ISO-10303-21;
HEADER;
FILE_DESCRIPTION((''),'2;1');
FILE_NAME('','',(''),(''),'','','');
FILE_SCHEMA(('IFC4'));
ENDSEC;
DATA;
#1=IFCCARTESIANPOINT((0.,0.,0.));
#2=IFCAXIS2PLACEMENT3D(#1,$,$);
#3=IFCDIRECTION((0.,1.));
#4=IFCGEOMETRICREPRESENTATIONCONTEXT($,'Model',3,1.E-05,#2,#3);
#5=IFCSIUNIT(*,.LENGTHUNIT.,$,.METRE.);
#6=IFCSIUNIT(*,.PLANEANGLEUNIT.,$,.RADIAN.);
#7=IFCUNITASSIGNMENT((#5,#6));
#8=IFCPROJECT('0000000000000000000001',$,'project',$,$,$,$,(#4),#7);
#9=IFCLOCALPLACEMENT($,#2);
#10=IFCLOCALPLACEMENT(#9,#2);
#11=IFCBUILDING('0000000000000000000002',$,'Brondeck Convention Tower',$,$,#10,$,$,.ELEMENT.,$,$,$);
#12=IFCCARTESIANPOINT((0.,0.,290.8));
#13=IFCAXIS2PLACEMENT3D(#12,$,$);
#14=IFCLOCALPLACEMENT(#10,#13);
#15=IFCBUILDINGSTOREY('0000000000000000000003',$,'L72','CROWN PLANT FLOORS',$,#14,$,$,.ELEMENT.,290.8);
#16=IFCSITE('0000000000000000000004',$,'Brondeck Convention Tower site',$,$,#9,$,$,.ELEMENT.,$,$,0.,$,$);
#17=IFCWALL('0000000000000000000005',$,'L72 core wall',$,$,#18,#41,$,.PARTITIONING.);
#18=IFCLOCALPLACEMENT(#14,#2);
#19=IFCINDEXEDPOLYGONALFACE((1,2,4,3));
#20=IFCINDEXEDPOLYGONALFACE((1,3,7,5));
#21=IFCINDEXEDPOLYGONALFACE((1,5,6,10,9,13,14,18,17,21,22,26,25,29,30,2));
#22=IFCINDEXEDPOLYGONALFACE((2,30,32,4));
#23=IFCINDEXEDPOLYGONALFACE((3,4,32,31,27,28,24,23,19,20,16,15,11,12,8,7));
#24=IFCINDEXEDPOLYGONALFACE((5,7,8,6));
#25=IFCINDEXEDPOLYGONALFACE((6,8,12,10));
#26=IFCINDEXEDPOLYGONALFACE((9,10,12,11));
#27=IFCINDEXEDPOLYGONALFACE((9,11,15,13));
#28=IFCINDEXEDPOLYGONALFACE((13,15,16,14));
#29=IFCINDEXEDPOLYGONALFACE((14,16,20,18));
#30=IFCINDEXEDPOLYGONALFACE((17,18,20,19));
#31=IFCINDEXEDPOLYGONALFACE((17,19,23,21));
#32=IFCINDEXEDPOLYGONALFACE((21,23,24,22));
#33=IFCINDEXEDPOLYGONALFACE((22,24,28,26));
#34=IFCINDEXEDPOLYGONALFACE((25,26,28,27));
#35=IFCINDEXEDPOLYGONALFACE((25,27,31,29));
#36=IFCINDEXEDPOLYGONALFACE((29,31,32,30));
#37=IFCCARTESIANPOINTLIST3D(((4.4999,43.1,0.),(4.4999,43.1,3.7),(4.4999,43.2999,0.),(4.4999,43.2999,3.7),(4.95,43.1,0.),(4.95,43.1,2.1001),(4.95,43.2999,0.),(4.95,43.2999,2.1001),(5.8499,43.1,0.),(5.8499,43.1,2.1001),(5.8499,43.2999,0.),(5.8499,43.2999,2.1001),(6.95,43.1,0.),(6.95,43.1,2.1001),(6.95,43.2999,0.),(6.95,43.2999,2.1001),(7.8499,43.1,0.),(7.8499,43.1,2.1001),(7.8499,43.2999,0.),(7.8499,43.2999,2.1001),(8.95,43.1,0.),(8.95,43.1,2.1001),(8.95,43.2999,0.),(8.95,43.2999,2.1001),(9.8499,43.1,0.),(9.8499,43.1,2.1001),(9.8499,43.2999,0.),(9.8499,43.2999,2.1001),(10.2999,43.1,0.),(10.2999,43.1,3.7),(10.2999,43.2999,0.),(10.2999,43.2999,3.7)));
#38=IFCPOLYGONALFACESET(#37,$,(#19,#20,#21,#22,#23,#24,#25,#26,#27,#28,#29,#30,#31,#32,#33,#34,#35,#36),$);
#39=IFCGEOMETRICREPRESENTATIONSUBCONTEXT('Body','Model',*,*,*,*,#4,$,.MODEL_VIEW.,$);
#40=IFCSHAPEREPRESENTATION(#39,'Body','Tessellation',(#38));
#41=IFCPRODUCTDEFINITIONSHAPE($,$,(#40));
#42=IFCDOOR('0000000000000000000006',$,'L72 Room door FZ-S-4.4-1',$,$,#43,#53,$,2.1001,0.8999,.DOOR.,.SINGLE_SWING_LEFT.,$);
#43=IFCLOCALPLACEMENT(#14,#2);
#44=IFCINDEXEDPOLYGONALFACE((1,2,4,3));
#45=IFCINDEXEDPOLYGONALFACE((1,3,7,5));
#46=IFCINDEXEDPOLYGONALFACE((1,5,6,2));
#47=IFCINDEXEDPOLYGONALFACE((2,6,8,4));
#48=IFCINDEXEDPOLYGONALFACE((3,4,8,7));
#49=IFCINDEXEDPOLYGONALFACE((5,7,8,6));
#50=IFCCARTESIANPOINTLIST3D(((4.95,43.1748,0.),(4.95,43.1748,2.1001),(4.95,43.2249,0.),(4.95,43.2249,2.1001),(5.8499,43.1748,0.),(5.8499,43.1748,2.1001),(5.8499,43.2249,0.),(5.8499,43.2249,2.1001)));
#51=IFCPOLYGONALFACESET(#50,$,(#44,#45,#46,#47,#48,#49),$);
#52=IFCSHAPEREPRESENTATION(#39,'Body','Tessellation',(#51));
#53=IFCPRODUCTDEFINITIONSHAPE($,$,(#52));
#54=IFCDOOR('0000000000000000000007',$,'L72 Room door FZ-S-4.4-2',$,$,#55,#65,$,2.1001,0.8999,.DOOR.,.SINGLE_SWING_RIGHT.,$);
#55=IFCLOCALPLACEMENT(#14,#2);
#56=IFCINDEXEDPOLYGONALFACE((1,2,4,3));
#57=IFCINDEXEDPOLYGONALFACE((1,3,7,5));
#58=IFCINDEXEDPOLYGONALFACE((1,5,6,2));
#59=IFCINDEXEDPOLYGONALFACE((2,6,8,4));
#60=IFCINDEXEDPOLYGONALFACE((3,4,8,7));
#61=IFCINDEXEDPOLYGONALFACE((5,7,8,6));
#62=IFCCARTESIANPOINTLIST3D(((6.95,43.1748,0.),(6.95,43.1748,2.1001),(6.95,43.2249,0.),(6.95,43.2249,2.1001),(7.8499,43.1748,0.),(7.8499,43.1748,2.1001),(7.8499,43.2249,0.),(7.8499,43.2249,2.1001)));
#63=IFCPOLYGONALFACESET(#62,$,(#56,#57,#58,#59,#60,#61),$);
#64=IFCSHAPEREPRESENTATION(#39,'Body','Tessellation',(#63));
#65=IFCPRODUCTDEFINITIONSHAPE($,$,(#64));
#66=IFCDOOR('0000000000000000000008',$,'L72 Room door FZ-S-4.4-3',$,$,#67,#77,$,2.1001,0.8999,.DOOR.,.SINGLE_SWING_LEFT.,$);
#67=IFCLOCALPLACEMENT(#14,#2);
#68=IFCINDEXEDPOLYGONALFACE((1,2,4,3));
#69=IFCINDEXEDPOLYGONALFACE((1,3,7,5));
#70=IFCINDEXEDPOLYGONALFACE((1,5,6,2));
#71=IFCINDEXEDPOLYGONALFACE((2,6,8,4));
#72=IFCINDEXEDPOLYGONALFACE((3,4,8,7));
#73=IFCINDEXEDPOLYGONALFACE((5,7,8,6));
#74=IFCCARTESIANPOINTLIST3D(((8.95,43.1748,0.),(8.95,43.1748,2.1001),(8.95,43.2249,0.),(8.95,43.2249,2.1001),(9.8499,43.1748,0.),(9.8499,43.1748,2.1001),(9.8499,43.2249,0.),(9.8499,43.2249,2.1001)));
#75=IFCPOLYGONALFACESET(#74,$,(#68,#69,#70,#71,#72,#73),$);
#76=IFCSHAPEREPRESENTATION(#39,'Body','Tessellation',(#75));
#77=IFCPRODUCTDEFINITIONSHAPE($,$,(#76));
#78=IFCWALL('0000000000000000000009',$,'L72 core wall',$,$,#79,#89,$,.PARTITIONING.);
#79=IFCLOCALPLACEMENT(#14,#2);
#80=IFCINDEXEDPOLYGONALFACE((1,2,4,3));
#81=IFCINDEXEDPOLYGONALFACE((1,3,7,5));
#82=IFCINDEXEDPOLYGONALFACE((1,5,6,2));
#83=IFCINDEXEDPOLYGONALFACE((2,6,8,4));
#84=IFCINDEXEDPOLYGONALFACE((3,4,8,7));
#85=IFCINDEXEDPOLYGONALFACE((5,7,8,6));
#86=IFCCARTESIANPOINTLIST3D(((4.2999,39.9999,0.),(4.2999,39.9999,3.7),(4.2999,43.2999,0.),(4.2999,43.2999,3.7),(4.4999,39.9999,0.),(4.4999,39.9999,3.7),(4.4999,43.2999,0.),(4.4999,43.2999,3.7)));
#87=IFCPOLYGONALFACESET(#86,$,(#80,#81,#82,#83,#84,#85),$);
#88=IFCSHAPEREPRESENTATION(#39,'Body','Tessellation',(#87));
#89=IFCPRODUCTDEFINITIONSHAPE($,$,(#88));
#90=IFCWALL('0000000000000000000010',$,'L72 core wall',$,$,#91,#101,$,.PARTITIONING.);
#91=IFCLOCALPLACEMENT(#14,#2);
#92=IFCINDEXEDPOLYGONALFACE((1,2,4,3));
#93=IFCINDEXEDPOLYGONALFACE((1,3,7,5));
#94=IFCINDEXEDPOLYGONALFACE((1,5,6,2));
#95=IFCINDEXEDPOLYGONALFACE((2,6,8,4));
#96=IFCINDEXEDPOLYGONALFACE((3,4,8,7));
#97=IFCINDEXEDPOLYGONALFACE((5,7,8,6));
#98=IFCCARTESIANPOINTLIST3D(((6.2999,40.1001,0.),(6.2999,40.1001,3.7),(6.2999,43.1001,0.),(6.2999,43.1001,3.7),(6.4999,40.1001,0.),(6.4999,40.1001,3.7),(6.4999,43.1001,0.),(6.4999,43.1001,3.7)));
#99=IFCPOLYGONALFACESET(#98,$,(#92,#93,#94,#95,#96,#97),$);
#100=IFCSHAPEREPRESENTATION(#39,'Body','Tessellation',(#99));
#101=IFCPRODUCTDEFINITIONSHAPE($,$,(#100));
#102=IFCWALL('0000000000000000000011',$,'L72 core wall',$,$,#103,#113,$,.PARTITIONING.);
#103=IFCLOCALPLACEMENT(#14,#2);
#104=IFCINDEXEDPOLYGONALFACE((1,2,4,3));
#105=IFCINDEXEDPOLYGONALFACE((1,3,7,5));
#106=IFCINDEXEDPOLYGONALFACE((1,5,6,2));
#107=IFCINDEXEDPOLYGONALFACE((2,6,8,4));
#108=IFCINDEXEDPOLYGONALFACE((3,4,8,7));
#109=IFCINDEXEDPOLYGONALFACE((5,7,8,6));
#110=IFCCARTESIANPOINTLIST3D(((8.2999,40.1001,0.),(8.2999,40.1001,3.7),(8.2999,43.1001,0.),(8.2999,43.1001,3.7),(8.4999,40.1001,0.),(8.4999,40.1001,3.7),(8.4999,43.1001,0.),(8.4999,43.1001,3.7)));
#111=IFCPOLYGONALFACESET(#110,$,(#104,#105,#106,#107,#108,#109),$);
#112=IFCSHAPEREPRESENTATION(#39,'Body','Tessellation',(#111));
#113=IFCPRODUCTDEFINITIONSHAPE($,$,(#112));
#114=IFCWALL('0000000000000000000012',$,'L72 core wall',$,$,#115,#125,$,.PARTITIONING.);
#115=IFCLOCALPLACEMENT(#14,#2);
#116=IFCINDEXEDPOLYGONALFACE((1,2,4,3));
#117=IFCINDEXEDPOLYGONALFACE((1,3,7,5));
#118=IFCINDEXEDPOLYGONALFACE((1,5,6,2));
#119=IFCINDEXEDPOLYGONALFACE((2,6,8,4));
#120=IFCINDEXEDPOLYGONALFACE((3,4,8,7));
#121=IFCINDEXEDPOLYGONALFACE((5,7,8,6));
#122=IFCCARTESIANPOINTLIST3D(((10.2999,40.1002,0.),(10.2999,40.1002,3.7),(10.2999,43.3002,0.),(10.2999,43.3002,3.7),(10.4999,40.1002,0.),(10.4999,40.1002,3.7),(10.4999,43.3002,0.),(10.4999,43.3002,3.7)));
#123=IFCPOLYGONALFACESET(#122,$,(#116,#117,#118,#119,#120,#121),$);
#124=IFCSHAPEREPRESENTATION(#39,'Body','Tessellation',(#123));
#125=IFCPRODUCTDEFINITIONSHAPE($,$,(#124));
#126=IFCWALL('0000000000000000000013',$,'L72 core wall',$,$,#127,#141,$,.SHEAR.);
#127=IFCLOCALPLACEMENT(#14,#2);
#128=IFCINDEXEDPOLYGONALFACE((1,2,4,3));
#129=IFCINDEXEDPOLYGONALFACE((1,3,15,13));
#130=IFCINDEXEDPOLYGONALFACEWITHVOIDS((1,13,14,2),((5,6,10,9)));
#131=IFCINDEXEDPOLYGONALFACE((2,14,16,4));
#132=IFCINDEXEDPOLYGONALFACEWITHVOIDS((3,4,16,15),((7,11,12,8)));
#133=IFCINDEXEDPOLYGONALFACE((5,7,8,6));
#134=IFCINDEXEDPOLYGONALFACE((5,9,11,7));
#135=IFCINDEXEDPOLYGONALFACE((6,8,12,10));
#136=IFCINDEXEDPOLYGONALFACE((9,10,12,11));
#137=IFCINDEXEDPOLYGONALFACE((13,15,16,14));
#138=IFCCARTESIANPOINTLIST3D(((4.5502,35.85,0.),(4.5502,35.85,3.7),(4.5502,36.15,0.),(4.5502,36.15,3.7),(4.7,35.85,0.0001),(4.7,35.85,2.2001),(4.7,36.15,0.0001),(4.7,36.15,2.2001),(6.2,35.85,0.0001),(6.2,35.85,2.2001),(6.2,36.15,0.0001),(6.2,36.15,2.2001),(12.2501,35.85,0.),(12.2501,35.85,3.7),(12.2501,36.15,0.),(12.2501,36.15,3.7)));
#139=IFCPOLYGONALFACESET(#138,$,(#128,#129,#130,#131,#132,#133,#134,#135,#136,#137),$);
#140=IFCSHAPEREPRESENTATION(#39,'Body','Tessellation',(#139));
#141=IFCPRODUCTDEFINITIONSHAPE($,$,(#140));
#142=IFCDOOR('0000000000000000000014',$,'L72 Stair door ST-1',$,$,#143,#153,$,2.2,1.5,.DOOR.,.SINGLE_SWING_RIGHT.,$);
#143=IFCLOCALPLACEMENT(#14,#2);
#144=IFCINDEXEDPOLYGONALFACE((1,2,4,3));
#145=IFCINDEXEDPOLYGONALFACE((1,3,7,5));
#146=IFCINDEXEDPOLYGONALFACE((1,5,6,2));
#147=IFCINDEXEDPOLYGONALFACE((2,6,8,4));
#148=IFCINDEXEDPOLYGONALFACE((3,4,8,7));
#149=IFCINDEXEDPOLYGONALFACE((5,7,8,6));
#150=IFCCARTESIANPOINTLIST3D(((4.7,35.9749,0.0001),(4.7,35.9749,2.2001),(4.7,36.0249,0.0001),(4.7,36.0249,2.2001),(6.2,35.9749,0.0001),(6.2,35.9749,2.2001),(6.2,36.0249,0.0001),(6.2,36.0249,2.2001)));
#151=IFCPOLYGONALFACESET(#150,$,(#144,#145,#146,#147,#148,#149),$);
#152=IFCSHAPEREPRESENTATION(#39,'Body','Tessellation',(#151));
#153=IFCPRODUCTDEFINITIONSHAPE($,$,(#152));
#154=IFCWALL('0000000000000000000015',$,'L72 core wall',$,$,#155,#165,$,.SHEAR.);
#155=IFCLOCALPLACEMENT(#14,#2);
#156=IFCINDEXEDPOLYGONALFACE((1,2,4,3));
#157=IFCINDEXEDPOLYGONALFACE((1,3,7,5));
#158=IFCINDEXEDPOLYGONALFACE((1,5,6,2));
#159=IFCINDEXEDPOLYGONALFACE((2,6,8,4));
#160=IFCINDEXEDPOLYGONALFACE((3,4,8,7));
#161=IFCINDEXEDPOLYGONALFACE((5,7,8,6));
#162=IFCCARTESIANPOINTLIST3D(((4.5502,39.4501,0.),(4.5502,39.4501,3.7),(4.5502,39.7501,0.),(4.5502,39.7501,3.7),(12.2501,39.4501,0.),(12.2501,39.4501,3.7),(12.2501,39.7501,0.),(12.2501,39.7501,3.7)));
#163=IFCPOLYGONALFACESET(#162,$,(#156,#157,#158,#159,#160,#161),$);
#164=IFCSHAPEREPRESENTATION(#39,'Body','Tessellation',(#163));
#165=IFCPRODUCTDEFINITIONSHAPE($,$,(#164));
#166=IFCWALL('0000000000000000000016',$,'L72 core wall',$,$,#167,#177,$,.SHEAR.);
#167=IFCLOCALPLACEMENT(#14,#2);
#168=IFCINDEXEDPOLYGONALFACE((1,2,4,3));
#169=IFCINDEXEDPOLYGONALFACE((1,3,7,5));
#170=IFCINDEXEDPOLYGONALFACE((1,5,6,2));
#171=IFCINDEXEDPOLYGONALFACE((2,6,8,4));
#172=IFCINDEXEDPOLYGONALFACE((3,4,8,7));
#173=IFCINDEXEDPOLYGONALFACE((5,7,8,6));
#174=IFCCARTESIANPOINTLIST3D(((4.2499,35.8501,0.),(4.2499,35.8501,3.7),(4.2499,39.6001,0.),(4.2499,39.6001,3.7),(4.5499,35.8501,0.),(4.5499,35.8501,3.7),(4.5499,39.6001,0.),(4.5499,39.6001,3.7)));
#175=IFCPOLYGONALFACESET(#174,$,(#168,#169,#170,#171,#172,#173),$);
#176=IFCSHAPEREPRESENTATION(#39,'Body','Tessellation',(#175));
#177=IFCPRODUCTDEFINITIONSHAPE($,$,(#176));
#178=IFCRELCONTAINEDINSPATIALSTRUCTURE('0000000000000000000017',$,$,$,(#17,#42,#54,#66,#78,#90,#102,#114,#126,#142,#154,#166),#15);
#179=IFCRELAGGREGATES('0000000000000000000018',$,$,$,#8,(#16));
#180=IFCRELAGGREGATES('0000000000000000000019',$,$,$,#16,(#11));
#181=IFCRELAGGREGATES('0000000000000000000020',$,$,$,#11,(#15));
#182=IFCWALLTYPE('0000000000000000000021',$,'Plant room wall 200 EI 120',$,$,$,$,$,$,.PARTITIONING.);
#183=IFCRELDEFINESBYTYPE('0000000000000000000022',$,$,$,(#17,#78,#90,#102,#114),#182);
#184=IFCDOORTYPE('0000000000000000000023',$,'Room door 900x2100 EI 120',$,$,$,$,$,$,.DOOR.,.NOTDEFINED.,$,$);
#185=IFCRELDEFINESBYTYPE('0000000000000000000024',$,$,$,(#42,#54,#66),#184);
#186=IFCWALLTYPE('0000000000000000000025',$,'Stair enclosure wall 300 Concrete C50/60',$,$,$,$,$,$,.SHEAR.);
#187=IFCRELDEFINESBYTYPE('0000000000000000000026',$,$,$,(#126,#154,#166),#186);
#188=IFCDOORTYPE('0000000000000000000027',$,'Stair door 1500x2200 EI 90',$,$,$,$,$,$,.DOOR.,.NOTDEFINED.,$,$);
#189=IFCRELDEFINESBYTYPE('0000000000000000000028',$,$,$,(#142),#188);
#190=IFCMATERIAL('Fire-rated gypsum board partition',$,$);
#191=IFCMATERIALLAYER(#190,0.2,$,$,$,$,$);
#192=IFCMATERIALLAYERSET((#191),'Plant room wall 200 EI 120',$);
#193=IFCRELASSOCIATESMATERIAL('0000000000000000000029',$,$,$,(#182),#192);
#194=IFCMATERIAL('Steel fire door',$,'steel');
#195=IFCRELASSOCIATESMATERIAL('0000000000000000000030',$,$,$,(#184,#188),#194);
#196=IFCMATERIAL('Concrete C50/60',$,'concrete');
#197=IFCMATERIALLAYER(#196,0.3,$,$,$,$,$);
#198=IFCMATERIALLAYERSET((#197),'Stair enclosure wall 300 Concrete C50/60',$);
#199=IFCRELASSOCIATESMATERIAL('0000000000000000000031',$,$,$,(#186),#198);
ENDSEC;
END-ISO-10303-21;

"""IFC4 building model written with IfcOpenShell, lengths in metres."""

from ifc_helpers import new_model, si_unit, direction, frame, frame_2d, origin, place, context, subcontext, project, spatial, rectangle, extrude, material, layer, layer_set, type_object, element, fill, save


model = new_model("IFC4")

# Units and contexts
model_context = context("Model", 3, precision=1e-05, world=origin(), true_north=direction((0.0, 1.0)))
body_context = subcontext(model_context, "Body", "Model", "MODEL_VIEW")
ifc_project = project(units=[si_unit("LENGTHUNIT", "METRE"), si_unit("PLANEANGLEUNIT", "RADIAN")], contexts=[model_context])

# Site, building, storey
site_placement = place(None, origin())
site = spatial("IfcSite", under=ifc_project, at=site_placement, Name="Brondeck Convention Tower site", CompositionType="ELEMENT", RefElevation=0.0)
building_placement = place(site_placement, origin())
building = spatial("IfcBuilding", under=site, at=building_placement, Name="Brondeck Convention Tower", CompositionType="ELEMENT")
storey_placement = place(building_placement, frame((0.0, 0.0, 290.8)))
storey = spatial("IfcBuildingStorey", under=building, at=storey_placement, Name="L72", Description="CROWN PLANT FLOORS", CompositionType="ELEMENT", Elevation=290.8)

# Shared definitions
ifc_material_1 = material(Name="Concrete C50/60", Category="concrete")

# Shared definitions
ifc_material_2 = material(Name="Fire-rated gypsum board partition")
ifc_layer_1 = layer(ifc_material_2, 0.2)
ifc_layer_set_1 = layer_set([ifc_layer_1], Name="Plant room wall 200 EI 120")
wall_type_1 = type_object("IfcWallType", Name="Plant room wall 200 EI 120", PredefinedType="PARTITIONING", material=ifc_layer_set_1)

# Wall, openings, doors
wall_1_placement = place(storey_placement, frame((4.5, 43.2, 0.0), z_axis=(0.0, 0.0, 1.0), x_axis=(1.0, 0.0, 0.0)))
wall_1 = element("IfcWall", 1, at=wall_1_placement, inside=storey, type_object=wall_type_1, Name="L72 core wall", PredefinedType="PARTITIONING", context=body_context, shape_type="SweptSolid", body=[
    extrude(rectangle(XDim=5.8, YDim=0.2, at=frame_2d((2.8999, 0.0))), origin(), (0.0, 0.0, 1.0), 3.7),
])
opening_1_placement = place(wall_1_placement, frame((0.45, 0.0, 0.0)))
opening_1 = element("IfcOpeningElement", 2, at=opening_1_placement, cuts=wall_1, PredefinedType="OPENING", context=body_context, shape_type="SweptSolid", body=[
    extrude(rectangle(XDim=0.8999, YDim=2.1001, at=frame_2d((0.45, 1.05))), frame((0.0, 0.1099, 0.0), z_axis=(0.0, -1.0, 0.0), x_axis=(1.0, 0.0, 0.0)), (0.0, 0.0, 1.0), 0.22),
])
opening_2_placement = place(wall_1_placement, frame((2.45, 0.0, 0.0)))
opening_2 = element("IfcOpeningElement", 3, at=opening_2_placement, cuts=wall_1, PredefinedType="OPENING", context=body_context, shape_type="SweptSolid", body=[
    extrude(rectangle(XDim=0.8999, YDim=2.1001, at=frame_2d((0.45, 1.05))), frame((0.0, 0.1099, 0.0), z_axis=(0.0, -1.0, 0.0), x_axis=(1.0, 0.0, 0.0)), (0.0, 0.0, 1.0), 0.22),
])
opening_3_placement = place(wall_1_placement, frame((4.45, 0.0, 0.0)))
opening_3 = element("IfcOpeningElement", 4, at=opening_3_placement, cuts=wall_1, PredefinedType="OPENING", context=body_context, shape_type="SweptSolid", body=[
    extrude(rectangle(XDim=0.8999, YDim=2.1001, at=frame_2d((0.45, 1.05))), frame((0.0, 0.1099, 0.0), z_axis=(0.0, -1.0, 0.0), x_axis=(1.0, 0.0, 0.0)), (0.0, 0.0, 1.0), 0.22),
])
ifc_material_3 = material(Name="Steel fire door", Category="steel")
door_type_1 = type_object("IfcDoorType", Name="Room door 900x2100 EI 120", OperationType="NOTDEFINED", PredefinedType="DOOR", material=ifc_material_3)
door_1_placement = place(opening_1_placement, origin())
door_1 = element("IfcDoor", 5, at=door_1_placement, inside=storey, type_object=door_type_1, Name="L72 Room door FZ-S-4.4-1", OperationType="SINGLE_SWING_LEFT", OverallHeight=2.1001, OverallWidth=0.8999, PredefinedType="DOOR", context=body_context, shape_type="SweptSolid", body=[
    extrude(rectangle(XDim=0.8999, YDim=2.1001, at=frame_2d((0.45, 1.05))), frame((0.0, 0.0249, 0.0), z_axis=(0.0, -1.0, 0.0), x_axis=(1.0, 0.0, 0.0)), (0.0, 0.0, 1.0), 0.05),
])
fill(opening_1, door_1)
door_2_placement = place(opening_2_placement, origin())
door_2 = element("IfcDoor", 6, at=door_2_placement, inside=storey, type_object=door_type_1, Name="L72 Room door FZ-S-4.4-2", OperationType="SINGLE_SWING_RIGHT", OverallHeight=2.1001, OverallWidth=0.8999, PredefinedType="DOOR", context=body_context, shape_type="SweptSolid", body=[
    extrude(rectangle(XDim=0.8999, YDim=2.1001, at=frame_2d((0.45, 1.05))), frame((0.0, 0.0249, 0.0), z_axis=(0.0, -1.0, 0.0), x_axis=(1.0, 0.0, 0.0)), (0.0, 0.0, 1.0), 0.05),
])
fill(opening_2, door_2)
door_3_placement = place(opening_3_placement, origin())
door_3 = element("IfcDoor", 7, at=door_3_placement, inside=storey, type_object=door_type_1, Name="L72 Room door FZ-S-4.4-3", OperationType="SINGLE_SWING_LEFT", OverallHeight=2.1001, OverallWidth=0.8999, PredefinedType="DOOR", context=body_context, shape_type="SweptSolid", body=[
    extrude(rectangle(XDim=0.8999, YDim=2.1001, at=frame_2d((0.45, 1.05))), frame((0.0, 0.0249, 0.0), z_axis=(0.0, -1.0, 0.0), x_axis=(1.0, 0.0, 0.0)), (0.0, 0.0, 1.0), 0.05),
])
fill(opening_3, door_3)

# Walls
wall_2_placement = place(storey_placement, frame((4.3999, 40.0, 0.0), z_axis=(0.0, 0.0, 1.0), x_axis=(0.0, 1.0, 0.0)))
element("IfcWall", 8, at=wall_2_placement, inside=storey, type_object=wall_type_1, Name="L72 core wall", PredefinedType="PARTITIONING", context=body_context, shape_type="SweptSolid", body=[
    extrude(rectangle(XDim=3.3, YDim=0.2, at=frame_2d((1.6499, 0.0))), origin(), (0.0, 0.0, 1.0), 3.7),
])
for number, where, z_axis, x_axis, name in (
    (9, (6.3999, 40.1001, 0.0), (0.0, 0.0, 1.0), (0.0, 1.0, 0.0), "L72 core wall"),
    (10, (8.3999, 40.1001, 0.0), (0.0, 0.0, 1.0), (0.0, 1.0, 0.0), "L72 core wall"),
):
    element("IfcWall", number, at=place(storey_placement, frame(where, z_axis=z_axis, x_axis=x_axis)), inside=storey, type_object=wall_type_1, Name=name, PredefinedType="PARTITIONING", context=body_context, shape_type="SweptSolid", body=[
        extrude(rectangle(XDim=3.0, YDim=0.2, at=frame_2d((1.5, 0.0))), origin(), (0.0, 0.0, 1.0), 3.7),
    ])
wall_3_placement = place(storey_placement, frame((10.3999, 40.1001, 0.0), z_axis=(0.0, 0.0, 1.0), x_axis=(0.0, 1.0, 0.0)))
element("IfcWall", 11, at=wall_3_placement, inside=storey, type_object=wall_type_1, Name="L72 core wall", PredefinedType="PARTITIONING", context=body_context, shape_type="SweptSolid", body=[
    extrude(rectangle(XDim=3.2, YDim=0.2, at=frame_2d((1.6001, 0.0))), origin(), (0.0, 0.0, 1.0), 3.7),
])

# Wall, opening, door
ifc_layer_2 = layer(ifc_material_1, 0.3)
ifc_layer_set_2 = layer_set([ifc_layer_2], Name="Stair enclosure wall 300 Concrete C50/60")
wall_type_2 = type_object("IfcWallType", Name="Stair enclosure wall 300 Concrete C50/60", PredefinedType="SHEAR", material=ifc_layer_set_2)
wall_4_placement = place(storey_placement, frame((4.55, 36.0, 0.0), z_axis=(0.0, 0.0, 1.0), x_axis=(1.0, 0.0, 0.0)))
wall_4 = element("IfcWall", 12, at=wall_4_placement, inside=storey, type_object=wall_type_2, Name="L72 core wall", PredefinedType="SHEAR", context=body_context, shape_type="SweptSolid", body=[
    extrude(rectangle(XDim=7.7, YDim=0.3, at=frame_2d((3.8501, 0.0))), origin(), (0.0, 0.0, 1.0), 3.7),
])
opening_4_placement = place(wall_4_placement, frame((0.1499, 0.0, 0.0)))
opening_4 = element("IfcOpeningElement", 13, at=opening_4_placement, cuts=wall_4, PredefinedType="OPENING", context=body_context, shape_type="SweptSolid", body=[
    extrude(rectangle(XDim=1.5, YDim=2.2, at=frame_2d((0.75, 1.1001))), frame((0.0, 0.1599, 0.0), z_axis=(0.0, -1.0, 0.0), x_axis=(1.0, 0.0, 0.0)), (0.0, 0.0, 1.0), 0.3201),
])
door_type_2 = type_object("IfcDoorType", Name="Stair door 1500x2200 EI 90", OperationType="NOTDEFINED", PredefinedType="DOOR", material=ifc_material_3)
door_4_placement = place(opening_4_placement, origin())
door_4 = element("IfcDoor", 14, at=door_4_placement, inside=storey, type_object=door_type_2, Name="L72 Stair door ST-1", OperationType="SINGLE_SWING_RIGHT", OverallHeight=2.2, OverallWidth=1.5, PredefinedType="DOOR", context=body_context, shape_type="SweptSolid", body=[
    extrude(rectangle(XDim=1.5, YDim=2.2, at=frame_2d((0.75, 1.1001))), frame((0.0, 0.0249, 0.0), z_axis=(0.0, -1.0, 0.0), x_axis=(1.0, 0.0, 0.0)), (0.0, 0.0, 1.0), 0.05),
])
fill(opening_4, door_4)

# Walls
wall_5_placement = place(storey_placement, frame((4.55, 39.6001, 0.0), z_axis=(0.0, 0.0, 1.0), x_axis=(1.0, 0.0, 0.0)))
element("IfcWall", 15, at=wall_5_placement, inside=storey, type_object=wall_type_2, Name="L72 core wall", PredefinedType="SHEAR", context=body_context, shape_type="SweptSolid", body=[
    extrude(rectangle(XDim=7.7, YDim=0.3, at=frame_2d((3.8501, 0.0))), origin(), (0.0, 0.0, 1.0), 3.7),
])
wall_6_placement = place(storey_placement, frame((4.3999, 35.8501, 0.0), z_axis=(0.0, 0.0, 1.0), x_axis=(0.0, 1.0, 0.0)))
element("IfcWall", 16, at=wall_6_placement, inside=storey, type_object=wall_type_2, Name="L72 core wall", PredefinedType="SHEAR", context=body_context, shape_type="SweptSolid", body=[
    extrude(rectangle(XDim=3.75, YDim=0.3, at=frame_2d((1.875, 0.0))), origin(), (0.0, 0.0, 1.0), 3.7),
])

save(model, "model.ifc")
